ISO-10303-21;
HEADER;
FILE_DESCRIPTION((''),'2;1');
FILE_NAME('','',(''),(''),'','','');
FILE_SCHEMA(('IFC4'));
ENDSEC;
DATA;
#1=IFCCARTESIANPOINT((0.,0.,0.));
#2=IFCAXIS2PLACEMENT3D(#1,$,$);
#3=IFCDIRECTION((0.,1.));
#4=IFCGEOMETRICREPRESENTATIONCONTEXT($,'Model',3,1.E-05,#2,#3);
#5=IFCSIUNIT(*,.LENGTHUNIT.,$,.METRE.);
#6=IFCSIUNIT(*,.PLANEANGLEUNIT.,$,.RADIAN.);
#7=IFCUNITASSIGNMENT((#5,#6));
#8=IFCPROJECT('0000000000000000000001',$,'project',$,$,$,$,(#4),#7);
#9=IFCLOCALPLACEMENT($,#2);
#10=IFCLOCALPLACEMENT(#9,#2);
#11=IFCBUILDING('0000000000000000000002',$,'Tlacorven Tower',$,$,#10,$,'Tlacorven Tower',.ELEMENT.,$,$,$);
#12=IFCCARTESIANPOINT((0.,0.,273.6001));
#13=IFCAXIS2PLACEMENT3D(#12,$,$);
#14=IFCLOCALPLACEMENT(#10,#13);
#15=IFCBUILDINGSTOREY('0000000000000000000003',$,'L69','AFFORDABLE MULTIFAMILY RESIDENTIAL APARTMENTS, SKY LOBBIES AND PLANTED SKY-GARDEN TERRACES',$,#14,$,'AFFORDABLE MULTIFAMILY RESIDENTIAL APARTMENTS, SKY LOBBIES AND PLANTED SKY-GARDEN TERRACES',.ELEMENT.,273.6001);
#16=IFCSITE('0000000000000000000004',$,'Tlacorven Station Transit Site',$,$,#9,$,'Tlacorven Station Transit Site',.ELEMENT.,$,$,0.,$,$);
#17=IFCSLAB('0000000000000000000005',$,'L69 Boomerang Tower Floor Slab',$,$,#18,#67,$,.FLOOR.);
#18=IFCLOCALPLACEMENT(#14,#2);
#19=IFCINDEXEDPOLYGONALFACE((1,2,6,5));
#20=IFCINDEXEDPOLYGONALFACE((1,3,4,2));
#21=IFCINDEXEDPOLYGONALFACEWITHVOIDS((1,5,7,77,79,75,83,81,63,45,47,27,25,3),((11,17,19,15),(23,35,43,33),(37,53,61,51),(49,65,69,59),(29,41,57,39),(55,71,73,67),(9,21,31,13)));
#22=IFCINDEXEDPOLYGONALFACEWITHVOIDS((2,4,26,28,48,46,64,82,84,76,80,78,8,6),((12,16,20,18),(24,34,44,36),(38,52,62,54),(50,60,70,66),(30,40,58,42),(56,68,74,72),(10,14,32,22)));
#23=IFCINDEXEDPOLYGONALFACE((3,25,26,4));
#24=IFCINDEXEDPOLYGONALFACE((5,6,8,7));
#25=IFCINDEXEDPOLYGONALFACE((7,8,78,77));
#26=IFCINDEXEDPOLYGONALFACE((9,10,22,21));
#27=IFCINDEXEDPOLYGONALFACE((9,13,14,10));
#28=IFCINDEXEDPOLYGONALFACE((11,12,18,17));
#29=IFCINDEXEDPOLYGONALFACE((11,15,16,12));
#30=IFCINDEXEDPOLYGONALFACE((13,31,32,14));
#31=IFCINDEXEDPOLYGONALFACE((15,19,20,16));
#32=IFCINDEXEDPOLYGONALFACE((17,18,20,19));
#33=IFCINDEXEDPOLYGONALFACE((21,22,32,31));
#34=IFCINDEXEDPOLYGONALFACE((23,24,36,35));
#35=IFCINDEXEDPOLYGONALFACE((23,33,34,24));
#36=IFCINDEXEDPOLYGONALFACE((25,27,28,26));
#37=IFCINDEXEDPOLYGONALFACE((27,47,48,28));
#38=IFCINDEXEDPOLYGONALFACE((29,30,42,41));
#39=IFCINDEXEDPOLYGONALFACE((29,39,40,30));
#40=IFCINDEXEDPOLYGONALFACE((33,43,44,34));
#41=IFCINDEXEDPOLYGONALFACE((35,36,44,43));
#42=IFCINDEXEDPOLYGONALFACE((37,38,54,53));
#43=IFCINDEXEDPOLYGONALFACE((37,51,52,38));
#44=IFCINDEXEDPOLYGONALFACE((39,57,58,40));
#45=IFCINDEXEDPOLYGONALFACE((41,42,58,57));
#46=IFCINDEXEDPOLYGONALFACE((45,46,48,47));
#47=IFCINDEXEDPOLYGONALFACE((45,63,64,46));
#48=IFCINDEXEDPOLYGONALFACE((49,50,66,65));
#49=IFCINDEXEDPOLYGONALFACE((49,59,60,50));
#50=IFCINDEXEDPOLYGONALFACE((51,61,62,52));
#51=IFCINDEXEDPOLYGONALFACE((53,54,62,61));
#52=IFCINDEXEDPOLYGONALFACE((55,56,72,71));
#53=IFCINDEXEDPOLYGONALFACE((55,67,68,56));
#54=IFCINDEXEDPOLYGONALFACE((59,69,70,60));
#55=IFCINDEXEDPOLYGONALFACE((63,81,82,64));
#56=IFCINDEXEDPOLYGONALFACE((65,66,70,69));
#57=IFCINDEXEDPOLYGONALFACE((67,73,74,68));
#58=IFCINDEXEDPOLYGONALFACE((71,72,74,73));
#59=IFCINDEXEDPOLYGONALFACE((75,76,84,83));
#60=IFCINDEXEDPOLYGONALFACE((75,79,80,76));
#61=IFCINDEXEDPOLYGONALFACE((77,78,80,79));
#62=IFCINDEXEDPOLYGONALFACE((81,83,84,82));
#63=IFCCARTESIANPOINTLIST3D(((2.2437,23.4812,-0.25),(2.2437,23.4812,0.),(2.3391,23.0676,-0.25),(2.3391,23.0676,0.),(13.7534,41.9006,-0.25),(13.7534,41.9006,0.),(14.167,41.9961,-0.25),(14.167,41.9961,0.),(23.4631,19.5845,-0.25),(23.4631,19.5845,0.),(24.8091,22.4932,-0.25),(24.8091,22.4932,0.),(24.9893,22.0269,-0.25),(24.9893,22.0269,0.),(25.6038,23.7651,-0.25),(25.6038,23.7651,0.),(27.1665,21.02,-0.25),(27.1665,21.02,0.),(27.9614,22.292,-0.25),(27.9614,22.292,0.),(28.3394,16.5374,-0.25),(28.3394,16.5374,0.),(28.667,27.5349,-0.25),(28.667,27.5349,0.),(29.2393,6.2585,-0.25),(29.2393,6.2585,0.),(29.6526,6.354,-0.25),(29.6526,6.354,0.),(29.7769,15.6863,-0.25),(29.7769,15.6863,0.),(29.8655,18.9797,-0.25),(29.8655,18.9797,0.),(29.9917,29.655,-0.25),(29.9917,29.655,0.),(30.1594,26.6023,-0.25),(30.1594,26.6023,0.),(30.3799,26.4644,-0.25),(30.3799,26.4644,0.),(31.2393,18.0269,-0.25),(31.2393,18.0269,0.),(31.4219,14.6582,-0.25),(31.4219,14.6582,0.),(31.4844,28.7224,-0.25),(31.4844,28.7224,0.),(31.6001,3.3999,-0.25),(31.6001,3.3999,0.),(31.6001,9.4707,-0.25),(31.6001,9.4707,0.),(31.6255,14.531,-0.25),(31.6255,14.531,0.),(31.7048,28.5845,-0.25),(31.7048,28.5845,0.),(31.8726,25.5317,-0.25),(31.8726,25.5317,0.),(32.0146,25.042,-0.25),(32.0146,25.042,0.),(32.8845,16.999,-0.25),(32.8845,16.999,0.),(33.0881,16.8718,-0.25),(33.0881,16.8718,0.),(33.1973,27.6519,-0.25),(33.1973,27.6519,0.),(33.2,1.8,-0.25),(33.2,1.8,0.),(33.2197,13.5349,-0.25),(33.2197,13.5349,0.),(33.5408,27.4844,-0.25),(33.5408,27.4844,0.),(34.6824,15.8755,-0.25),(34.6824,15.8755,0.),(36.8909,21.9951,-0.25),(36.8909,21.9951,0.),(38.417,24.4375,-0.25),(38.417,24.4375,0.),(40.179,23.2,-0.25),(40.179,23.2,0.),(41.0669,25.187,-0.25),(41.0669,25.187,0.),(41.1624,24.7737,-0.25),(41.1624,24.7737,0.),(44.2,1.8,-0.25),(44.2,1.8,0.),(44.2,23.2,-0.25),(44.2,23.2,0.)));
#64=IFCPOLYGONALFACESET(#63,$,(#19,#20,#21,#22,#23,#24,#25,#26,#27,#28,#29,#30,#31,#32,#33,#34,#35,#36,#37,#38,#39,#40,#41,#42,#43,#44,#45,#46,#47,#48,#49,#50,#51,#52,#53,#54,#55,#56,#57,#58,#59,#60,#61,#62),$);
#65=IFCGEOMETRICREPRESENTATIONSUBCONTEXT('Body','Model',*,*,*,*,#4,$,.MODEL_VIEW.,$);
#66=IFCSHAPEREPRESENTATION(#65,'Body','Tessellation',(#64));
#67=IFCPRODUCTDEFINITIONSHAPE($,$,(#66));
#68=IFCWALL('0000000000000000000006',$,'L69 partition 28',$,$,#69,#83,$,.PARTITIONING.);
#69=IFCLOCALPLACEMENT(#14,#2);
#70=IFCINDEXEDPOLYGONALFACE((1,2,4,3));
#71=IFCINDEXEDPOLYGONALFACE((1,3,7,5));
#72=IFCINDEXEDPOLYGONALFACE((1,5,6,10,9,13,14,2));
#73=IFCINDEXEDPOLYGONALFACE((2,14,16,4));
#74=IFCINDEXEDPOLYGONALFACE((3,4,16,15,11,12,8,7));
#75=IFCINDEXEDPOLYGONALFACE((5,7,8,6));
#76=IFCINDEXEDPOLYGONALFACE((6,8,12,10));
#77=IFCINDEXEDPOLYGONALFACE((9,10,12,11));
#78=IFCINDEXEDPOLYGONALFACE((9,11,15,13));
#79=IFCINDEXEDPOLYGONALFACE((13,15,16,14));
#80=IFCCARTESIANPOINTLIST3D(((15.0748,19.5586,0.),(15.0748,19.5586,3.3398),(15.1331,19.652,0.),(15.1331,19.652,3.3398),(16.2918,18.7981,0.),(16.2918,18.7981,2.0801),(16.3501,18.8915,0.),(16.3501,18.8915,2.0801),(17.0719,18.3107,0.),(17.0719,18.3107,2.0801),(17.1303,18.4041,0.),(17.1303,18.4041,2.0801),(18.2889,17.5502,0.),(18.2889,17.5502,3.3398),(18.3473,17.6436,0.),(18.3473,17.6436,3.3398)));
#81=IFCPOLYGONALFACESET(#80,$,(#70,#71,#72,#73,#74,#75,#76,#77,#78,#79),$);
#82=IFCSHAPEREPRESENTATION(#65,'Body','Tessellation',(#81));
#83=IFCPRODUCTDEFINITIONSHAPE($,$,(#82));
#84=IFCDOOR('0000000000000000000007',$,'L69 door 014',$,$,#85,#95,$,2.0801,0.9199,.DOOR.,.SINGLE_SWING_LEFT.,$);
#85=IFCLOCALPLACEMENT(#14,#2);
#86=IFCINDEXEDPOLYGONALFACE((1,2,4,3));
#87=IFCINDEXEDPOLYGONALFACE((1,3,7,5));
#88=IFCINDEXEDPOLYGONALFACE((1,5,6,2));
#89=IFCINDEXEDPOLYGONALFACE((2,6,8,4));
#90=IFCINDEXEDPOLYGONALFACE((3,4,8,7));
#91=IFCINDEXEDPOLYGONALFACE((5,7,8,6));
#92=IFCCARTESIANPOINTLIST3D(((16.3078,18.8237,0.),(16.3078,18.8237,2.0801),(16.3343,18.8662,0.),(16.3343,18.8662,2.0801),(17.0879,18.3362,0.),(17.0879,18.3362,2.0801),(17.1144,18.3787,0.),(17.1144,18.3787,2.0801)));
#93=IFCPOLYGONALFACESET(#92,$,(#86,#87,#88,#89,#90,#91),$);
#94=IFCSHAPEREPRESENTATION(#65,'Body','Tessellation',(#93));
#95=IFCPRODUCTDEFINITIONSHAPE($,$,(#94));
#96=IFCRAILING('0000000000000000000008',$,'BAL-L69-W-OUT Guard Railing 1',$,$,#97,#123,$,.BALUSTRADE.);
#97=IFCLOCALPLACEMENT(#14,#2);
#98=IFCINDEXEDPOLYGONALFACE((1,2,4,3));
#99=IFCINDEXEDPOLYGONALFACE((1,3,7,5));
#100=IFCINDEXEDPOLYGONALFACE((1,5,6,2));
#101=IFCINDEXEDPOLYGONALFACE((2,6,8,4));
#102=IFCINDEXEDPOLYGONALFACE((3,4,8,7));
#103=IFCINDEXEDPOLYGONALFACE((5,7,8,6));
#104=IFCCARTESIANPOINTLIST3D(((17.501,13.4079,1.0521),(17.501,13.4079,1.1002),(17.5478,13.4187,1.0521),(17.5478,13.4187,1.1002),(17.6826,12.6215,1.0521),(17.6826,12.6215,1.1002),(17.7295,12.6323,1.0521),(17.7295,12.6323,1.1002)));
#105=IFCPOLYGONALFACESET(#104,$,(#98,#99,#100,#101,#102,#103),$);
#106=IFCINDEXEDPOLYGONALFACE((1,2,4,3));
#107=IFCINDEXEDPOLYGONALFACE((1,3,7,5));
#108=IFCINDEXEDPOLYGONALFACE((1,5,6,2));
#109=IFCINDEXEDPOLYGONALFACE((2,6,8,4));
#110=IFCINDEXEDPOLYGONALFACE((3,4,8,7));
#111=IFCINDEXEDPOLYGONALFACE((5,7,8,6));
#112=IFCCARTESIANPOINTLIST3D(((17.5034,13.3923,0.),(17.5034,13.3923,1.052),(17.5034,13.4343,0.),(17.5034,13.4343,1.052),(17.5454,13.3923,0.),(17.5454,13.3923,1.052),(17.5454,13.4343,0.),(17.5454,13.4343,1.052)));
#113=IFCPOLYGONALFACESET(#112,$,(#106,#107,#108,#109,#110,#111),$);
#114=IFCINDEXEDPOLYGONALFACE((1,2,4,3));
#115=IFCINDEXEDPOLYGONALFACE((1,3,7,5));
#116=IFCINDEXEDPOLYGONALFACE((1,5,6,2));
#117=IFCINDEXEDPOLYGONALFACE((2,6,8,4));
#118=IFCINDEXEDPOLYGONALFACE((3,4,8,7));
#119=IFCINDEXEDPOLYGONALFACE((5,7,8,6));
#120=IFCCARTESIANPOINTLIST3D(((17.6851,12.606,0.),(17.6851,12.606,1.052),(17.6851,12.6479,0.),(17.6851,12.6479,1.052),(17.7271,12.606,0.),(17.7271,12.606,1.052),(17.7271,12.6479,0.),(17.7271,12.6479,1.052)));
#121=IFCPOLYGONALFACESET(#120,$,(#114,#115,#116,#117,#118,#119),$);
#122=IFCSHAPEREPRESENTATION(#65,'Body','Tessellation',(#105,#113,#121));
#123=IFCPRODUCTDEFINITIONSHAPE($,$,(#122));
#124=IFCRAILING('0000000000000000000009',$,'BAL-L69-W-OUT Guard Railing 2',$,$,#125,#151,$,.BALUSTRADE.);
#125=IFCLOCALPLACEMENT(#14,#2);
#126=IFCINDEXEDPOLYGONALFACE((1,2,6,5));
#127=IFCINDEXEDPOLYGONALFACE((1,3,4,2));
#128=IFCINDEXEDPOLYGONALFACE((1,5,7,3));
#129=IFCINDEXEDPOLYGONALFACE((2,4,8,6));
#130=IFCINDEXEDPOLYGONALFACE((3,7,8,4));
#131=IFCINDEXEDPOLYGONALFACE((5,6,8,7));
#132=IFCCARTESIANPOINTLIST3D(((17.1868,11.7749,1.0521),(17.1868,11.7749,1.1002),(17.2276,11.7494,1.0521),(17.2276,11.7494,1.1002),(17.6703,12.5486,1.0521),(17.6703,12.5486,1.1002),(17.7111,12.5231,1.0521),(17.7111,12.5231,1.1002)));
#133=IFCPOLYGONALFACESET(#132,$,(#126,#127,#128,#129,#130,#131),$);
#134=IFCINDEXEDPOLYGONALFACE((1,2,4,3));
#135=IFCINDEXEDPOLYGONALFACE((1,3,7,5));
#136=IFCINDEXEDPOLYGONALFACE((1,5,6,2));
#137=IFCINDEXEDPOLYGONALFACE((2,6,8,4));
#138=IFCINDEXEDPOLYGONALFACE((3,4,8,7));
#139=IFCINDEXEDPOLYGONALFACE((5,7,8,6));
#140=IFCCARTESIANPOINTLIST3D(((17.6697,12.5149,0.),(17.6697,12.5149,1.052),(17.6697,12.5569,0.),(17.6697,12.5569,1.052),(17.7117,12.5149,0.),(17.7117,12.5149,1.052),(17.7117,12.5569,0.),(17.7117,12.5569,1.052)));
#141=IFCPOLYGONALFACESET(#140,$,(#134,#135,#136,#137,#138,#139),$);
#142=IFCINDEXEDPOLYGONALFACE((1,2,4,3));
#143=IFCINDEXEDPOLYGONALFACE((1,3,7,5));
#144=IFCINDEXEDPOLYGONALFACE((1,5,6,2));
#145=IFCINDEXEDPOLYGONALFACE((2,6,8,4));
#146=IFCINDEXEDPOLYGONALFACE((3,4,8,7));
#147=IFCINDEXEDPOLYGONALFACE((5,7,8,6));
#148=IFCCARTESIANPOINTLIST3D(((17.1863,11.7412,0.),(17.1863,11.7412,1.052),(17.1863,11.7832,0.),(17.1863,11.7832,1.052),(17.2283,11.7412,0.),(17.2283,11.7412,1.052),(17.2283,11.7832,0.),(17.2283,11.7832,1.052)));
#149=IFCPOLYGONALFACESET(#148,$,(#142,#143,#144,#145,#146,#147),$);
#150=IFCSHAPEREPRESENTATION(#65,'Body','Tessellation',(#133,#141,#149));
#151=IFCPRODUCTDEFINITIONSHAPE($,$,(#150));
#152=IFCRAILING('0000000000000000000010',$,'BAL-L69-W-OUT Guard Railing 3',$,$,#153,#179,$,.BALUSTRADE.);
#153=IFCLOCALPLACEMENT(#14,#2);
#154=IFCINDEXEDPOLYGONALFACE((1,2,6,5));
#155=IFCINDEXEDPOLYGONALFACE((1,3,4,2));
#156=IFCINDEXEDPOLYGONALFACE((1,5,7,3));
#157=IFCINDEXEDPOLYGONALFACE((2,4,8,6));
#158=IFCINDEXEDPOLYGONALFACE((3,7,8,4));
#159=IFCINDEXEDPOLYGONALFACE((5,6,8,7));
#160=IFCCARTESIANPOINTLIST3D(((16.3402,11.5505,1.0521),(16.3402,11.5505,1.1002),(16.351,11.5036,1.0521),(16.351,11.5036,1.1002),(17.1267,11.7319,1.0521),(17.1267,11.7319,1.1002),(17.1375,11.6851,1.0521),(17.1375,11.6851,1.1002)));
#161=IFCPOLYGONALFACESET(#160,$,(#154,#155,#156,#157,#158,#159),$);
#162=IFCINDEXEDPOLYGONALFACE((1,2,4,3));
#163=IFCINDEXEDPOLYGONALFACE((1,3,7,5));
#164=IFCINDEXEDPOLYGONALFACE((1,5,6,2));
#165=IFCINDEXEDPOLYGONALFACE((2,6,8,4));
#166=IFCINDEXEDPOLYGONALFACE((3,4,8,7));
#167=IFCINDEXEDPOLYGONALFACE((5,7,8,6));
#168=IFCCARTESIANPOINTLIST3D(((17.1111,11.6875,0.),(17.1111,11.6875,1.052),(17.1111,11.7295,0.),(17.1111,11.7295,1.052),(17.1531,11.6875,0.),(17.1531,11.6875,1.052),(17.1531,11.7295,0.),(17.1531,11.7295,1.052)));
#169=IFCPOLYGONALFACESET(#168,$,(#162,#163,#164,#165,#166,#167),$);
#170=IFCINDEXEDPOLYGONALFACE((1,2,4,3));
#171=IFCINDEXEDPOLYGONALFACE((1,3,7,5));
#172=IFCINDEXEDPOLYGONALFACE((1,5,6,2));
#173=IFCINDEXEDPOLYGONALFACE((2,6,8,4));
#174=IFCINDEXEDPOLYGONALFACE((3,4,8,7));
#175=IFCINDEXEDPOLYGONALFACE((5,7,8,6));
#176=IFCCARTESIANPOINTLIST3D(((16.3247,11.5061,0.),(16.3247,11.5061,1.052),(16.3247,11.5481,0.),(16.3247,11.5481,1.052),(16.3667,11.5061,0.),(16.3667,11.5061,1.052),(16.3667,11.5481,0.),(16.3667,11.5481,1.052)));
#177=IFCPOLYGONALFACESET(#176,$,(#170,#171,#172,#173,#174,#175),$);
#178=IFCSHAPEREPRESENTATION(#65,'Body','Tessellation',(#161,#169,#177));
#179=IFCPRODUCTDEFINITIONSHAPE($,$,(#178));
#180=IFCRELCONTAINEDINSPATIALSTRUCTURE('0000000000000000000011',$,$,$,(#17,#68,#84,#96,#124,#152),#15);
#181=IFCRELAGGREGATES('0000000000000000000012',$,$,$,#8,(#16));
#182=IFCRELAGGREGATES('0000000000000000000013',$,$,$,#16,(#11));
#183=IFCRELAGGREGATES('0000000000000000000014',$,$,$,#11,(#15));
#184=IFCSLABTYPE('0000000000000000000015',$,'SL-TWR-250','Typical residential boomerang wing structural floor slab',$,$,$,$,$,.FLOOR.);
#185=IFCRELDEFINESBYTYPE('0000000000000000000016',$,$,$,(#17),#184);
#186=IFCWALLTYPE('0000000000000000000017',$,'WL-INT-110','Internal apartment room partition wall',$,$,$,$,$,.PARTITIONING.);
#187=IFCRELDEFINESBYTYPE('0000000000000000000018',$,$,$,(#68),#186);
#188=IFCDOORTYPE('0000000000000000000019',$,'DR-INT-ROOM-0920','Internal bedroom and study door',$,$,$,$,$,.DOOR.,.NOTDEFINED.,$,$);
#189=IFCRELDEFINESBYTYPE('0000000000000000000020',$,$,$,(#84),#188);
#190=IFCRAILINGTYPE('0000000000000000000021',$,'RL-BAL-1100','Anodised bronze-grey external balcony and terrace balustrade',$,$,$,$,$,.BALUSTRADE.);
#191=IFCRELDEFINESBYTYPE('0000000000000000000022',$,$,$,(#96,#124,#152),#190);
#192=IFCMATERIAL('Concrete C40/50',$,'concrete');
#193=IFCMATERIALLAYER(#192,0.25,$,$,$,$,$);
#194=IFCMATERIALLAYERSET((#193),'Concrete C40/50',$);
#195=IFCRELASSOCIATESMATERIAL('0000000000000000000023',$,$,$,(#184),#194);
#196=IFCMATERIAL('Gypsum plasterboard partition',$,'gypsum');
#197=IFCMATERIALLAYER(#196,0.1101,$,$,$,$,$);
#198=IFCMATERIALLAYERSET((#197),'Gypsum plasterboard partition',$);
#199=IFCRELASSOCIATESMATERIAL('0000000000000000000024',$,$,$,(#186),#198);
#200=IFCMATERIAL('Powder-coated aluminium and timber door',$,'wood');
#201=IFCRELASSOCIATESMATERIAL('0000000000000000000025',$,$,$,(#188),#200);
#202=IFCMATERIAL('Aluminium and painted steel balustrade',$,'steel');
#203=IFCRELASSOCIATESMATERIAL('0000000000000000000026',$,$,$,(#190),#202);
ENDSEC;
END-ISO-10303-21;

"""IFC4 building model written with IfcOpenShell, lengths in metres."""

from ifc_helpers import new_model, si_unit, direction, frame, frame_2d, origin, origin_2d, place, context, subcontext, project, spatial, polyline, rectangle, outline, extrude, source, transform, mapped, material, layer, layer_set, type_object, element, fill, save


model = new_model("IFC4")

# Units and contexts
model_context = context("Model", 3, precision=1e-05, world=origin(), true_north=direction((0.0, 1.0)))
body_context = subcontext(model_context, "Body", "Model", "MODEL_VIEW")
ifc_project = project(units=[si_unit("LENGTHUNIT", "METRE"), si_unit("PLANEANGLEUNIT", "RADIAN")], contexts=[model_context])

# Site, building, storey
site_placement = place(None, origin())
site = spatial("IfcSite", under=ifc_project, at=site_placement, Name="Tlacorven Station Transit Site", LongName="Tlacorven Station Transit Site", CompositionType="ELEMENT", RefElevation=0.0)
building_placement = place(site_placement, origin())
building = spatial("IfcBuilding", under=site, at=building_placement, Name="Tlacorven Tower", LongName="Tlacorven Tower", CompositionType="ELEMENT")
storey_placement = place(building_placement, frame((0.0, 0.0, 273.6001)))
storey = spatial("IfcBuildingStorey", under=building, at=storey_placement, Name="L69", Description="AFFORDABLE MULTIFAMILY RESIDENTIAL APARTMENTS, SKY LOBBIES AND PLANTED SKY-GARDEN TERRACES", LongName="AFFORDABLE MULTIFAMILY RESIDENTIAL APARTMENTS, SKY LOBBIES AND PLANTED SKY-GARDEN TERRACES", CompositionType="ELEMENT", Elevation=273.6001)

# Shared definitions
ifc_material_1 = material(Name="Concrete C40/50", Category="concrete")

# Slab
ifc_layer_1 = layer(ifc_material_1, 0.25)
ifc_layer_set_1 = layer_set([ifc_layer_1], Name="Concrete C40/50")
slab_type_1 = type_object("IfcSlabType", Name="SL-TWR-250", Description="Typical residential boomerang wing structural floor slab", PredefinedType="FLOOR", material=ifc_layer_set_1)
slab_1_placement = place(storey_placement, frame((0.0, 0.0, -0.25)))
element("IfcSlab", 1, at=slab_1_placement, inside=storey, type_object=slab_type_1, Name="L69 Boomerang Tower Floor Slab", PredefinedType="FLOOR", context=body_context, shape_type="SweptSolid", body=[
    extrude(outline(polyline([(44.2, 23.2), (44.2, 1.8), (33.2, 1.8), (31.6001, 3.3999), (31.6001, 9.4707), (29.6526, 6.354), (29.2393, 6.2585), (2.3391, 23.0676), (2.2437, 23.4812), (13.7534, 41.9006), (14.167, 41.9961), (41.0669, 25.187), (41.1624, 24.7737), (40.179, 23.2), (44.2, 23.2)]), holes=[polyline([(29.8655, 18.9797), (24.9893, 22.0269), (23.4631, 19.5845), (28.3394, 16.5374), (29.8655, 18.9797)]), polyline([(38.417, 24.4375), (33.5408, 27.4844), (32.0146, 25.042), (36.8909, 21.9951), (38.417, 24.4375)]), polyline([(34.6824, 15.8755), (33.0881, 16.8718), (31.6255, 14.531), (33.2197, 13.5349), (34.6824, 15.8755)]), polyline([(32.8845, 16.999), (31.2393, 18.0269), (29.7769, 15.6863), (31.4219, 14.6582), (32.8845, 16.999)]), polyline([(33.1973, 27.6519), (31.7048, 28.5845), (30.3799, 26.4644), (31.8726, 25.5317), (33.1973, 27.6519)]), polyline([(31.4844, 28.7224), (29.9917, 29.655), (28.667, 27.5349), (30.1594, 26.6023), (31.4844, 28.7224)]), polyline([(27.9614, 22.292), (25.6038, 23.7651), (24.8091, 22.4932), (27.1665, 21.02), (27.9614, 22.292)])]), origin(), (0.0, 0.0, 1.0), 0.25),
])

# Wall, opening, door
ifc_material_2 = material(Name="Gypsum plasterboard partition", Category="gypsum")
ifc_layer_2 = layer(ifc_material_2, 0.1101)
ifc_layer_set_2 = layer_set([ifc_layer_2], Name="Gypsum plasterboard partition")
wall_type = type_object("IfcWallType", Name="WL-INT-110", Description="Internal apartment room partition wall", PredefinedType="PARTITIONING", material=ifc_layer_set_2)
wall_placement = place(storey_placement, frame((18.3181, 17.5969, 0.0), z_axis=(0.0, 0.0, 1.0), x_axis=(-0.84806, 0.529901, 0.0)))
wall = element("IfcWall", 2, at=wall_placement, inside=storey, type_object=wall_type, Name="L69 partition 28", PredefinedType="PARTITIONING", context=body_context, shape_type="SweptSolid", body=[
    extrude(rectangle(XDim=3.79, YDim=0.1101, at=frame_2d((1.895, 0.0))), origin(), (0.0, 0.0, 1.0), 3.3398),
])
opening_placement = place(wall_placement, frame((1.4351, 0.0, 0.0)))
opening = element("IfcOpeningElement", 3, at=opening_placement, cuts=wall, PredefinedType="OPENING", context=body_context, shape_type="SweptSolid", body=[
    extrude(rectangle(XDim=0.9199, YDim=2.0801, at=frame_2d((0.46, 1.04))), frame((0.0, 0.0649, 0.0), z_axis=(0.0, -1.0, 0.0), x_axis=(1.0, 0.0, 0.0)), (0.0, 0.0, 1.0), 0.1301),
])
ifc_material_3 = material(Name="Powder-coated aluminium and timber door", Category="wood")
door_type = type_object("IfcDoorType", Name="DR-INT-ROOM-0920", Description="Internal bedroom and study door", OperationType="NOTDEFINED", PredefinedType="DOOR", material=ifc_material_3)
shared_shape_1 = source(origin(), body_context, "Body", "SweptSolid", [
    extrude(rectangle(XDim=0.9199, YDim=2.0801, at=frame_2d((0.46, 1.04))), frame((0.0, 0.0249, 0.0), z_axis=(0.0, -1.0, 0.0), x_axis=(1.0, 0.0, 0.0)), (0.0, 0.0, 1.0), 0.05),
])
door_placement = place(opening_placement, origin())
door = element("IfcDoor", 4, at=door_placement, inside=storey, type_object=door_type, Name="L69 door 014", OperationType="SINGLE_SWING_LEFT", OverallHeight=2.0801, OverallWidth=0.9199, PredefinedType="DOOR", context=body_context, shape_type="MappedRepresentation", body=[
    mapped(shared_shape_1, transform((0.0, 0.0, 0.0), scale=1.0)),
])
fill(opening, door)

# Railings
ifc_material_4 = material(Name="Aluminium and painted steel balustrade", Category="steel")
railing_type = type_object("IfcRailingType", Name="RL-BAL-1100", Description="Anodised bronze-grey external balcony and terrace balustrade", PredefinedType="BALUSTRADE", material=ifc_material_4)
shared_shape_2 = source(origin(), body_context, "Body", "SweptSolid", [
    extrude(rectangle(XDim=0.0481, YDim=0.0481, at=origin_2d()), frame((0.0, 0.0, 1.0762), z_axis=(0.225058, -0.974345, 0.0), x_axis=(0.974345, 0.225058, 0.0)), (0.0, 0.0, 1.0), 0.8071),
    extrude(rectangle(XDim=0.042, YDim=0.042, at=origin_2d()), origin(), (0.0, 0.0, 1.0), 1.052),
    extrude(rectangle(XDim=0.042, YDim=0.042, at=origin_2d()), frame((0.1816, -0.7864, 0.0)), (0.0, 0.0, 1.0), 1.052),
])
railing_1_placement = place(storey_placement, frame((17.5244, 13.4133, 0.0)))
element("IfcRailing", 5, at=railing_1_placement, inside=storey, type_object=railing_type, Name="BAL-L69-W-OUT Guard Railing 1", PredefinedType="BALUSTRADE", context=body_context, shape_type="MappedRepresentation", body=[
    mapped(shared_shape_2, transform((0.0, 0.0, 0.0), scale=1.0)),
])
shared_shape_3 = source(origin(), body_context, "Body", "SweptSolid", [
    extrude(rectangle(XDim=0.0481, YDim=0.0481, at=origin_2d()), frame((0.0, 0.0, 1.0762), z_axis=(-0.529879, -0.848073, 0.0), x_axis=(0.848073, -0.529879, 0.0)), (0.0, 0.0, 1.0), 0.9124),
    extrude(rectangle(XDim=0.042, YDim=0.042, at=origin_2d()), origin(), (0.0, 0.0, 1.0), 1.052),
    extrude(rectangle(XDim=0.042, YDim=0.042, at=origin_2d()), frame((-0.4834, -0.7737, 0.0)), (0.0, 0.0, 1.0), 1.052),
])
railing_2_placement = place(storey_placement, frame((17.6907, 12.5359, 0.0)))
element("IfcRailing", 6, at=railing_2_placement, inside=storey, type_object=railing_type, Name="BAL-L69-W-OUT Guard Railing 2", PredefinedType="BALUSTRADE", context=body_context, shape_type="MappedRepresentation", body=[
    mapped(shared_shape_3, transform((0.0, 0.0, 0.0), scale=1.0)),
])
shared_shape_4 = source(origin(), body_context, "Body", "SweptSolid", [
    extrude(rectangle(XDim=0.0481, YDim=0.0481, at=origin_2d()), frame((0.0, 0.0, 1.0762), z_axis=(-0.974412, -0.224771, 0.0), x_axis=(0.224771, -0.974412, 0.0)), (0.0, 0.0, 1.0), 0.8071),
    extrude(rectangle(XDim=0.042, YDim=0.042, at=origin_2d()), origin(), (0.0, 0.0, 1.0), 1.052),
    extrude(rectangle(XDim=0.042, YDim=0.042, at=origin_2d()), frame((-0.7864, -0.1814, 0.0)), (0.0, 0.0, 1.0), 1.052),
])
railing_3_placement = place(storey_placement, frame((17.1321, 11.7085, 0.0)))
element("IfcRailing", 7, at=railing_3_placement, inside=storey, type_object=railing_type, Name="BAL-L69-W-OUT Guard Railing 3", PredefinedType="BALUSTRADE", context=body_context, shape_type="MappedRepresentation", body=[
    mapped(shared_shape_4, transform((0.0, 0.0, 0.0), scale=1.0)),
])

save(model, "model.ifc")
